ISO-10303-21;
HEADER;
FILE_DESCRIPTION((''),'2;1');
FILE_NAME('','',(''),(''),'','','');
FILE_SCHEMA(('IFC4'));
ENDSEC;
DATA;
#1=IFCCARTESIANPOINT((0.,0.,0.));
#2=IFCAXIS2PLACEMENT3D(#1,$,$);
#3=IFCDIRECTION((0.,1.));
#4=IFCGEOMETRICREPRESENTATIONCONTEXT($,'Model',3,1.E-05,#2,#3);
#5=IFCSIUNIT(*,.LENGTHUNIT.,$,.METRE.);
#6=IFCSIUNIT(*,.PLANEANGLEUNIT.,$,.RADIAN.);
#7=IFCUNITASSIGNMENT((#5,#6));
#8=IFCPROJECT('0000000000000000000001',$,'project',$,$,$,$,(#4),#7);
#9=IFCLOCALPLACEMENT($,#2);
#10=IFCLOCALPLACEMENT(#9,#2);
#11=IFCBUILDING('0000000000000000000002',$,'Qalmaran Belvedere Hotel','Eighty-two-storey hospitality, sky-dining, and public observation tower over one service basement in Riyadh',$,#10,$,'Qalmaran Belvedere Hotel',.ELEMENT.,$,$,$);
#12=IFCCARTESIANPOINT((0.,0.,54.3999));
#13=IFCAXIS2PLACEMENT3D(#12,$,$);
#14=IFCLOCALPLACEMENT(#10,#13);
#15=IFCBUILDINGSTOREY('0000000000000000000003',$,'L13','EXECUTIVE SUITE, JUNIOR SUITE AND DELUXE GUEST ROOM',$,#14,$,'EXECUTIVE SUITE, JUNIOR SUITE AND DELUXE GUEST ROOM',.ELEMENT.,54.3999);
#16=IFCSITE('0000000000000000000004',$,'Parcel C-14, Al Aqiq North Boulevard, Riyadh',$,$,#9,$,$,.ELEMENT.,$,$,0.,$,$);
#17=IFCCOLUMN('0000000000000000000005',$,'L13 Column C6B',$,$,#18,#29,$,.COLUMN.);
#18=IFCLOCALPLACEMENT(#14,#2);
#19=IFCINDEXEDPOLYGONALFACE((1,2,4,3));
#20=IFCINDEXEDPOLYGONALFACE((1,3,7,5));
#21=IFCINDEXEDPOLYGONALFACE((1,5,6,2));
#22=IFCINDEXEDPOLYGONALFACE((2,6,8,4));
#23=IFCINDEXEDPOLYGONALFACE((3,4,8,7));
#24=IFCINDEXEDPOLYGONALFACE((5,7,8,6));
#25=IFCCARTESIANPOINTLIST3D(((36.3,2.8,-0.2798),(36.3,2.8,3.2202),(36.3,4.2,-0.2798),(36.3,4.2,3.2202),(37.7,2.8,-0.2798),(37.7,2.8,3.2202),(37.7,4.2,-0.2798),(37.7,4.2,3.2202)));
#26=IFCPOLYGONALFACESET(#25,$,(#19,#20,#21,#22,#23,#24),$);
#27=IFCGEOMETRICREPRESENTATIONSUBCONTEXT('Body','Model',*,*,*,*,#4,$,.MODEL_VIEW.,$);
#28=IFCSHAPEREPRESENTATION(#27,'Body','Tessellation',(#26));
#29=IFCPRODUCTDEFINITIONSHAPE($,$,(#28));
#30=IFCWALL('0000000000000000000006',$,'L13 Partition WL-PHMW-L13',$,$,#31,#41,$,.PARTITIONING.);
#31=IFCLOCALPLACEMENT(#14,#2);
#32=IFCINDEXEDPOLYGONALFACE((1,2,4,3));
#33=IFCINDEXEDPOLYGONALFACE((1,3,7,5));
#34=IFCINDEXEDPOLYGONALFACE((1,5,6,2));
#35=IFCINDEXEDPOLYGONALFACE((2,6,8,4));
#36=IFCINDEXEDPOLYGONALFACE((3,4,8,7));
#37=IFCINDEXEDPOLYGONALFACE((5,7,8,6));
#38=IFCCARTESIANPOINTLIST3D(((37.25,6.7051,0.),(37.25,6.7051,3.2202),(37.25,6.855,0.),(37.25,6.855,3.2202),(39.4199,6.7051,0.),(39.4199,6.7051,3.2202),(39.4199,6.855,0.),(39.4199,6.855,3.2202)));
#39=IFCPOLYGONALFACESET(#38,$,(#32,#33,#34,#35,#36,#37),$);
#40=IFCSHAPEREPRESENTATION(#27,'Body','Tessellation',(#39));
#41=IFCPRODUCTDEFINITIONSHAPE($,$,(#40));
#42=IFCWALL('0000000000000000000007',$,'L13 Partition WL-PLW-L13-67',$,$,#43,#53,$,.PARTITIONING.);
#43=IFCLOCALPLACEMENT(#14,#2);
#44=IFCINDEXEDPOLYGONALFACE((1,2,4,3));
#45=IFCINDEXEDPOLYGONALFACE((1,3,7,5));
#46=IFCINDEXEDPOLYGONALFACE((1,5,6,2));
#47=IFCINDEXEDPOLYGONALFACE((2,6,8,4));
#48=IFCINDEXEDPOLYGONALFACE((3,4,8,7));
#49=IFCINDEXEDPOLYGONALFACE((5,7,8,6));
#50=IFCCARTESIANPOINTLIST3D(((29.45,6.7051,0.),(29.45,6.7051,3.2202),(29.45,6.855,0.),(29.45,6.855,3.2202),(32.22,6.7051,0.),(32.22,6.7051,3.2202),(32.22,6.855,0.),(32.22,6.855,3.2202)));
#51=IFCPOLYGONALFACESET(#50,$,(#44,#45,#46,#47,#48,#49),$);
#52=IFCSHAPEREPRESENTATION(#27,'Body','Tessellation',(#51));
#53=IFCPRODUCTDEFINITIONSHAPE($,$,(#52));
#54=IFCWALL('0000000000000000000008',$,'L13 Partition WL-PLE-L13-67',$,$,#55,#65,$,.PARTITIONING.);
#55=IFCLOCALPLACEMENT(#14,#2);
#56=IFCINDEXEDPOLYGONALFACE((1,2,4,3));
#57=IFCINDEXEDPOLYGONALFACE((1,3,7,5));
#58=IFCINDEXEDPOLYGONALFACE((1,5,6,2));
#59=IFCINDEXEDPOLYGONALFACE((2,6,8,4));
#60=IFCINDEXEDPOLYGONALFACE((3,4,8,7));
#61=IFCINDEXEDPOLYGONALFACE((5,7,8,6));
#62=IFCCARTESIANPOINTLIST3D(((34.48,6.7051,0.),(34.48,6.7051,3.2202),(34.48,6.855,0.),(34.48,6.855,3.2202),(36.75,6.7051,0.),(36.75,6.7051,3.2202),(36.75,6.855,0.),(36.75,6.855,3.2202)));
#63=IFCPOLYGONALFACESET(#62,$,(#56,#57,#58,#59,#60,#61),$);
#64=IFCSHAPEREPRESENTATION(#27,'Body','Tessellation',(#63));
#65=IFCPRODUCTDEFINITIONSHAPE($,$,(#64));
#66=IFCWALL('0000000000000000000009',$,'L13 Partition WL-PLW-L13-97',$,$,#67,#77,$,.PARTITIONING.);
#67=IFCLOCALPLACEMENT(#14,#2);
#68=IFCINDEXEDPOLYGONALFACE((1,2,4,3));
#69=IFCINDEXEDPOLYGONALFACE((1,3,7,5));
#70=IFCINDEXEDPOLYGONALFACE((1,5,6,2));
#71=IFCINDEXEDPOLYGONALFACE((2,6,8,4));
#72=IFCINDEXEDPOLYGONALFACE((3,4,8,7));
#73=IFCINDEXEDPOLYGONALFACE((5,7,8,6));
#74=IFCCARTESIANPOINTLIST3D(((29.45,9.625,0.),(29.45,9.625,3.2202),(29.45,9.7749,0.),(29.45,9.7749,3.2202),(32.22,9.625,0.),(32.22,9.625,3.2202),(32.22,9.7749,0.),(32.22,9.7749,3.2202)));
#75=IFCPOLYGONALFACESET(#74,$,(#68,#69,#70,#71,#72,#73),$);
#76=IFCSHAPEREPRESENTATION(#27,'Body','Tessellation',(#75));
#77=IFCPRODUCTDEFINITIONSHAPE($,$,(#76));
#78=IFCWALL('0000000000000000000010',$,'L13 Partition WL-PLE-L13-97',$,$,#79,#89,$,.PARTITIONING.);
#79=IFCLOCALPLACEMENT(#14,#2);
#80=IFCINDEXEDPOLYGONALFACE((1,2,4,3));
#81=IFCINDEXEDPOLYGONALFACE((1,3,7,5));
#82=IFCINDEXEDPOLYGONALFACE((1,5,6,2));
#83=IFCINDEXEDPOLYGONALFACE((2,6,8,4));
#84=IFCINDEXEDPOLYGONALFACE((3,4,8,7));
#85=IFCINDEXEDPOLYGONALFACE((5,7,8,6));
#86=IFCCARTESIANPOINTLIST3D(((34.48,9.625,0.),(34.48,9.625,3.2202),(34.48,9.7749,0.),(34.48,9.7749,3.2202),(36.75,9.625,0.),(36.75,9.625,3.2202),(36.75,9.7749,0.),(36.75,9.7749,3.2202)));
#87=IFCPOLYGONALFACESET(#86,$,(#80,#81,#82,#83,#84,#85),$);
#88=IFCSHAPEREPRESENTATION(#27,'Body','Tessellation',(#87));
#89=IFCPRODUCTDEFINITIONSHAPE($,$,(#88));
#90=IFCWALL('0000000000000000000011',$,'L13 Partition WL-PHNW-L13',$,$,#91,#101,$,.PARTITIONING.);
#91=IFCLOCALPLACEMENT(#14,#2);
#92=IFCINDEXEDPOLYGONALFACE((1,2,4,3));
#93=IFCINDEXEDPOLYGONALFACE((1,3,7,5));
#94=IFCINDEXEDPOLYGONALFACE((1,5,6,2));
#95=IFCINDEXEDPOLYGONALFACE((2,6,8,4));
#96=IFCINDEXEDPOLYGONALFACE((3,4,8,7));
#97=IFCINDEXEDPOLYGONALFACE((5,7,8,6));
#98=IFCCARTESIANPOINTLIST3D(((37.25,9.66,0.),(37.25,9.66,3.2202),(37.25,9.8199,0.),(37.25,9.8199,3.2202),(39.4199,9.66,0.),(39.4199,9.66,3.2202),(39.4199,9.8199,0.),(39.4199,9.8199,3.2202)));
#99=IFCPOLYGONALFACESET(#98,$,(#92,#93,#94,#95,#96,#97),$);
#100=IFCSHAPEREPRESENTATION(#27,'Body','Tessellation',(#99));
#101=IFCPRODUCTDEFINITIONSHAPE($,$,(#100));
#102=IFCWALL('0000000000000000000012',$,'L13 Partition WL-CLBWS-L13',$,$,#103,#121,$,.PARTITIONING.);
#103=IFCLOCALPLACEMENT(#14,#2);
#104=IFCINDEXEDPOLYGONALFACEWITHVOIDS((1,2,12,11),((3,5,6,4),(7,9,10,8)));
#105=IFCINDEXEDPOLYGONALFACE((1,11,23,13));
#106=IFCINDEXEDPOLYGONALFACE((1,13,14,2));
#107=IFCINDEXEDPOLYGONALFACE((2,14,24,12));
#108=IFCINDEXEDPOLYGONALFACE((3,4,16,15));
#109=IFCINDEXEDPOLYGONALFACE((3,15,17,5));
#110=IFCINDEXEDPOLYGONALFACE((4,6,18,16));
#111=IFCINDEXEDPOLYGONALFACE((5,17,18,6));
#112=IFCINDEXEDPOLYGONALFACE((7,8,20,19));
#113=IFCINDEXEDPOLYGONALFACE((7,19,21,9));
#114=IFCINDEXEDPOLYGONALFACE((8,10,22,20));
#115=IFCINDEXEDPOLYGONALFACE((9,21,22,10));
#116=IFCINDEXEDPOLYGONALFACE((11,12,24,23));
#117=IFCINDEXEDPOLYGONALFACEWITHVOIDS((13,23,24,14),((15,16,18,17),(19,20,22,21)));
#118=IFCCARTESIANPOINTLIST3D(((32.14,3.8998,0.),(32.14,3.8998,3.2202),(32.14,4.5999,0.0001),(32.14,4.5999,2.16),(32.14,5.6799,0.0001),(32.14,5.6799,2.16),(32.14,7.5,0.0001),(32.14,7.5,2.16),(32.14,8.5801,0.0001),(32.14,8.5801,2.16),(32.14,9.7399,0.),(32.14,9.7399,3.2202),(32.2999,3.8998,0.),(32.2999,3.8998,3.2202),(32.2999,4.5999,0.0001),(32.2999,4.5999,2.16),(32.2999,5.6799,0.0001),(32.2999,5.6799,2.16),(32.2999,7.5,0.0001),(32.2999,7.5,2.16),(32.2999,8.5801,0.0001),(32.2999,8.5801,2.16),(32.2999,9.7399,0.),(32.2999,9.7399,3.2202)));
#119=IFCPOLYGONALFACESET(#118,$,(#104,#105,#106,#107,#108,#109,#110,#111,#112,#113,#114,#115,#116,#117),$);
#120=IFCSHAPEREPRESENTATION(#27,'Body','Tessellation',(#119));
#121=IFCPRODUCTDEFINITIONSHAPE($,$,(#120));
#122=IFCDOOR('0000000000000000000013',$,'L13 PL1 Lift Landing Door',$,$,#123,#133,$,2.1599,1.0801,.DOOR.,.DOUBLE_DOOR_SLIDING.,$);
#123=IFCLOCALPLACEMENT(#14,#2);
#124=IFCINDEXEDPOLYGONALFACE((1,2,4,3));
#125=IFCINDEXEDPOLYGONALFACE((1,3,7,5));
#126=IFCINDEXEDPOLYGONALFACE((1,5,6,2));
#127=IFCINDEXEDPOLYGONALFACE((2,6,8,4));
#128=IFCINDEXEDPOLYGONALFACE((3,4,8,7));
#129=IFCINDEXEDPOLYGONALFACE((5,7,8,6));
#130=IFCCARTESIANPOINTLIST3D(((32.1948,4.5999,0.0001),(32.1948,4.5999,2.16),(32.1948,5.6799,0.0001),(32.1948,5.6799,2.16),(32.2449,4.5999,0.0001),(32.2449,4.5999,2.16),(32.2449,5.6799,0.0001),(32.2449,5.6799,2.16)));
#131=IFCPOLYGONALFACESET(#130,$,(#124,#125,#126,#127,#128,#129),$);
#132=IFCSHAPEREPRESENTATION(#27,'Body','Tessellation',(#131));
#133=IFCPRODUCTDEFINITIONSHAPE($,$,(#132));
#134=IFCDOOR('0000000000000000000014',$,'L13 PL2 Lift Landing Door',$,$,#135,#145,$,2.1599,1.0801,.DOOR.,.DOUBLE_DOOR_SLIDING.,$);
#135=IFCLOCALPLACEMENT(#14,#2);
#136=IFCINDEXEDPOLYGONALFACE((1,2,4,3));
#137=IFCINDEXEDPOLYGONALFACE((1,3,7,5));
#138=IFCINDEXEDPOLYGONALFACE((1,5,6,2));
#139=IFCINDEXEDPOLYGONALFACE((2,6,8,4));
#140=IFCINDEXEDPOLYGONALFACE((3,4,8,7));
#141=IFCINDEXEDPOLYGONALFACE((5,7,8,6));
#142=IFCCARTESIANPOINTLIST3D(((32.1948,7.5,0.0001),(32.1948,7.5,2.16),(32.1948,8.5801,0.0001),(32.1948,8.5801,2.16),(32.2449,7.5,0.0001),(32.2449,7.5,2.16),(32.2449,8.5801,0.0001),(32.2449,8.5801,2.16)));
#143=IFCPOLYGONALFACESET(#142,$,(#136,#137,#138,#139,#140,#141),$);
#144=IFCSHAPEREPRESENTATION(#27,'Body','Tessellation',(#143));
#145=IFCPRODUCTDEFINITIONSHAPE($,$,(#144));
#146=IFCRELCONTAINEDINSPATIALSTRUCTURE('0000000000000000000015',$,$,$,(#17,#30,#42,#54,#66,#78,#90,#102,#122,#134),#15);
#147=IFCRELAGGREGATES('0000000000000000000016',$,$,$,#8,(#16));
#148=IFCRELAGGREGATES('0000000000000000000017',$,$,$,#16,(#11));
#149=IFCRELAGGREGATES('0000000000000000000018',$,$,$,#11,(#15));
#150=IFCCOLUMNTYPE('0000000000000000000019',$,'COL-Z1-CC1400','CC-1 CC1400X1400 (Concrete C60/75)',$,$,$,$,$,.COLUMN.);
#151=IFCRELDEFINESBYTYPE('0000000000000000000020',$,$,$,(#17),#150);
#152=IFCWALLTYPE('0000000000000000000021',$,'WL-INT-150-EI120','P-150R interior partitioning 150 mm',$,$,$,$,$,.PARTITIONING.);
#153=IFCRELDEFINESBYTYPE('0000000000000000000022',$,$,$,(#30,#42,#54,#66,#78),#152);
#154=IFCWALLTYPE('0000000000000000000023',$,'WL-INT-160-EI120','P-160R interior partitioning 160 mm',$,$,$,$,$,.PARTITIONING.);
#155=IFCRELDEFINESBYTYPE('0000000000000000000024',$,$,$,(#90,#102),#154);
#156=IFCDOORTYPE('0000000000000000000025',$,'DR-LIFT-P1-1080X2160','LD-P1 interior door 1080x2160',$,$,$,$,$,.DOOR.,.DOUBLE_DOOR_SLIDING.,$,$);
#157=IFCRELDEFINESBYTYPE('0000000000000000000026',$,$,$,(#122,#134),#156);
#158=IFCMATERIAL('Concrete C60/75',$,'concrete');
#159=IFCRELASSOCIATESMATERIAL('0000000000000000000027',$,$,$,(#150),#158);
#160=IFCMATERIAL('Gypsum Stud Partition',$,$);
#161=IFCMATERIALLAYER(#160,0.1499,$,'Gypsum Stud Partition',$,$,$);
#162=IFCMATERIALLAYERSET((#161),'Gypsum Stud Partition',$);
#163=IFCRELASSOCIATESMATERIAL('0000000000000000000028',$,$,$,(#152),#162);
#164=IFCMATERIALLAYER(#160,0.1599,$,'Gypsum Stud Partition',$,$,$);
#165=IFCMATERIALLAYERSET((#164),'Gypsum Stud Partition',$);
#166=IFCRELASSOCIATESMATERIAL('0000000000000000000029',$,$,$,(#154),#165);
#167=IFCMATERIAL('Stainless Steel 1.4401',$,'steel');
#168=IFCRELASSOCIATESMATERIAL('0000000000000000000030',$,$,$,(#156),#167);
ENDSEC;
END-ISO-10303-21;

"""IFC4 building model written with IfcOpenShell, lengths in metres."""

from ifc_helpers import new_model, si_unit, direction, frame, frame_2d, origin, origin_2d, place, context, subcontext, project, spatial, rectangle, extrude, material, layer, layer_set, material_profile, profile_set, type_object, element, fill, save


model = new_model("IFC4")

# Units and contexts
model_context = context("Model", 3, precision=1e-05, world=origin(), true_north=direction((0.0, 1.0)))
body_context = subcontext(model_context, "Body", "Model", "MODEL_VIEW")
ifc_project = project(units=[si_unit("LENGTHUNIT", "METRE"), si_unit("PLANEANGLEUNIT", "RADIAN")], contexts=[model_context])

# Site, building, storey
site_placement = place(None, origin())
site = spatial("IfcSite", under=ifc_project, at=site_placement, Name="Parcel C-14, Al Aqiq North Boulevard, Riyadh", CompositionType="ELEMENT", RefElevation=0.0)
building_placement = place(site_placement, origin())
building = spatial("IfcBuilding", under=site, at=building_placement, Name="Qalmaran Belvedere Hotel", Description="Eighty-two-storey hospitality, sky-dining, and public observation tower over one service basement in Riyadh", LongName="Qalmaran Belvedere Hotel", CompositionType="ELEMENT")
storey_placement = place(building_placement, frame((0.0, 0.0, 54.3999)))
storey = spatial("IfcBuildingStorey", under=building, at=storey_placement, Name="L13", Description="EXECUTIVE SUITE, JUNIOR SUITE AND DELUXE GUEST ROOM", LongName="EXECUTIVE SUITE, JUNIOR SUITE AND DELUXE GUEST ROOM", CompositionType="ELEMENT", Elevation=54.3999)

# Column
ifc_material_1 = material(Name="Concrete C60/75", Category="concrete")
ifc_material_profile = material_profile(ifc_material_1, rectangle(XDim=1.3999, YDim=1.3999, at=origin_2d()), Name="CC1400X1400")
ifc_profile_set = profile_set([ifc_material_profile], Name="Concrete C60/75")
column_type = type_object("IfcColumnType", Name="COL-Z1-CC1400", Description="CC-1 CC1400X1400 (Concrete C60/75)", PredefinedType="COLUMN", material=ifc_profile_set)
column_placement = place(storey_placement, frame((37.0, 3.5, -0.2798), z_axis=(0.0, 0.0, 1.0), x_axis=(1.0, 0.0, 0.0)))
element("IfcColumn", 1, at=column_placement, inside=storey, type_object=column_type, Name="L13 Column C6B", PredefinedType="COLUMN", context=body_context, shape_type="SweptSolid", body=[
    extrude(rectangle(XDim=1.3999, YDim=1.3999, at=origin_2d()), origin(), (0.0, 0.0, 1.0), 3.5),
])

# Walls
ifc_material_2 = material(Name="Gypsum Stud Partition")
ifc_layer_1 = layer(ifc_material_2, 0.1499, Name="Gypsum Stud Partition")
ifc_layer_set_1 = layer_set([ifc_layer_1], Name="Gypsum Stud Partition")
wall_type_1 = type_object("IfcWallType", Name="WL-INT-150-EI120", Description="P-150R interior partitioning 150 mm", PredefinedType="PARTITIONING", material=ifc_layer_set_1)
wall_1_placement = place(storey_placement, frame((37.25, 6.78, 0.0), z_axis=(0.0, 0.0, 1.0), x_axis=(1.0, 0.0, 0.0)))
element("IfcWall", 2, at=wall_1_placement, inside=storey, type_object=wall_type_1, Name="L13 Partition WL-PHMW-L13", PredefinedType="PARTITIONING", context=body_context, shape_type="SweptSolid", body=[
    extrude(rectangle(XDim=2.1699, YDim=0.1499, at=frame_2d((1.085, 0.0))), origin(), (0.0, 0.0, 1.0), 3.2202),
])
wall_2_placement = place(storey_placement, frame((29.45, 6.78, 0.0), z_axis=(0.0, 0.0, 1.0), x_axis=(1.0, 0.0, 0.0)))
element("IfcWall", 3, at=wall_2_placement, inside=storey, type_object=wall_type_1, Name="L13 Partition WL-PLW-L13-67", PredefinedType="PARTITIONING", context=body_context, shape_type="SweptSolid", body=[
    extrude(rectangle(XDim=2.77, YDim=0.1499, at=frame_2d((1.385, 0.0))), origin(), (0.0, 0.0, 1.0), 3.2202),
])
wall_3_placement = place(storey_placement, frame((34.48, 6.78, 0.0), z_axis=(0.0, 0.0, 1.0), x_axis=(1.0, 0.0, 0.0)))
element("IfcWall", 4, at=wall_3_placement, inside=storey, type_object=wall_type_1, Name="L13 Partition WL-PLE-L13-67", PredefinedType="PARTITIONING", context=body_context, shape_type="SweptSolid", body=[
    extrude(rectangle(XDim=2.27, YDim=0.1499, at=frame_2d((1.135, 0.0))), origin(), (0.0, 0.0, 1.0), 3.2202),
])
wall_4_placement = place(storey_placement, frame((29.45, 9.7, 0.0), z_axis=(0.0, 0.0, 1.0), x_axis=(1.0, 0.0, 0.0)))
element("IfcWall", 5, at=wall_4_placement, inside=storey, type_object=wall_type_1, Name="L13 Partition WL-PLW-L13-97", PredefinedType="PARTITIONING", context=body_context, shape_type="SweptSolid", body=[
    extrude(rectangle(XDim=2.77, YDim=0.1499, at=frame_2d((1.385, 0.0))), origin(), (0.0, 0.0, 1.0), 3.2202),
])
wall_5_placement = place(storey_placement, frame((34.48, 9.7, 0.0), z_axis=(0.0, 0.0, 1.0), x_axis=(1.0, 0.0, 0.0)))
element("IfcWall", 6, at=wall_5_placement, inside=storey, type_object=wall_type_1, Name="L13 Partition WL-PLE-L13-97", PredefinedType="PARTITIONING", context=body_context, shape_type="SweptSolid", body=[
    extrude(rectangle(XDim=2.27, YDim=0.1499, at=frame_2d((1.135, 0.0))), origin(), (0.0, 0.0, 1.0), 3.2202),
])
ifc_layer_2 = layer(ifc_material_2, 0.1599, Name="Gypsum Stud Partition")
ifc_layer_set_2 = layer_set([ifc_layer_2], Name="Gypsum Stud Partition")
wall_type_2 = type_object("IfcWallType", Name="WL-INT-160-EI120", Description="P-160R interior partitioning 160 mm", PredefinedType="PARTITIONING", material=ifc_layer_set_2)
wall_6_placement = place(storey_placement, frame((37.25, 9.74, 0.0), z_axis=(0.0, 0.0, 1.0), x_axis=(1.0, 0.0, 0.0)))
element("IfcWall", 7, at=wall_6_placement, inside=storey, type_object=wall_type_2, Name="L13 Partition WL-PHNW-L13", PredefinedType="PARTITIONING", context=body_context, shape_type="SweptSolid", body=[
    extrude(rectangle(XDim=2.1699, YDim=0.1599, at=frame_2d((1.085, 0.0))), origin(), (0.0, 0.0, 1.0), 3.2202),
])

# Wall, openings, doors
wall_7_placement = place(storey_placement, frame((32.22, 3.8999, 0.0), z_axis=(0.0, 0.0, 1.0), x_axis=(0.0, 1.0, 0.0)))
wall_7 = element("IfcWall", 8, at=wall_7_placement, inside=storey, type_object=wall_type_2, Name="L13 Partition WL-CLBWS-L13", PredefinedType="PARTITIONING", context=body_context, shape_type="SweptSolid", body=[
    extrude(rectangle(XDim=5.8401, YDim=0.1599, at=frame_2d((2.9199, 0.0))), origin(), (0.0, 0.0, 1.0), 3.2202),
])
opening_1_placement = place(wall_7_placement, frame((1.78, 0.0, 0.0), z_axis=(0.0, 0.0, 1.0), x_axis=(-1.0, 0.0, 0.0)))
opening_1 = element("IfcOpeningElement", 9, at=opening_1_placement, cuts=wall_7, PredefinedType="OPENING", context=body_context, shape_type="SweptSolid", body=[
    extrude(rectangle(XDim=1.0801, YDim=2.1599, at=frame_2d((0.54, 1.0801))), frame((0.0, 0.0898, 0.0), z_axis=(0.0, -1.0, 0.0), x_axis=(1.0, 0.0, 0.0)), (0.0, 0.0, 1.0), 0.1799),
])
opening_2_placement = place(wall_7_placement, frame((4.6802, 0.0, 0.0), z_axis=(0.0, 0.0, 1.0), x_axis=(-1.0, 0.0, 0.0)))
opening_2 = element("IfcOpeningElement", 10, at=opening_2_placement, cuts=wall_7, PredefinedType="OPENING", context=body_context, shape_type="SweptSolid", body=[
    extrude(rectangle(XDim=1.0801, YDim=2.1599, at=frame_2d((0.54, 1.0801))), frame((0.0, 0.0898, 0.0), z_axis=(0.0, -1.0, 0.0), x_axis=(1.0, 0.0, 0.0)), (0.0, 0.0, 1.0), 0.1799),
])
ifc_material_3 = material(Name="Stainless Steel 1.4401", Category="steel")
door_type_1 = type_object("IfcDoorType", Name="DR-LIFT-P1-1080X2160", Description="LD-P1 interior door 1080x2160", OperationType="DOUBLE_DOOR_SLIDING", PredefinedType="DOOR", material=ifc_material_3)
door_1_placement = place(opening_1_placement, origin())
door_1 = element("IfcDoor", 11, at=door_1_placement, inside=storey, type_object=door_type_1, Name="L13 PL1 Lift Landing Door", OperationType="DOUBLE_DOOR_SLIDING", OverallHeight=2.1599, OverallWidth=1.0801, PredefinedType="DOOR", context=body_context, shape_type="SweptSolid", body=[
    extrude(rectangle(XDim=1.0801, YDim=2.1599, at=frame_2d((0.54, 1.0801))), frame((0.0, 0.0249, 0.0), z_axis=(0.0, -1.0, 0.0), x_axis=(1.0, 0.0, 0.0)), (0.0, 0.0, 1.0), 0.05),
])
fill(opening_1, door_1)
door_2_placement = place(opening_2_placement, origin())
door_2 = element("IfcDoor", 12, at=door_2_placement, inside=storey, type_object=door_type_1, Name="L13 PL2 Lift Landing Door", OperationType="DOUBLE_DOOR_SLIDING", OverallHeight=2.1599, OverallWidth=1.0801, PredefinedType="DOOR", context=body_context, shape_type="SweptSolid", body=[
    extrude(rectangle(XDim=1.0801, YDim=2.1599, at=frame_2d((0.54, 1.0801))), frame((0.0, 0.0249, 0.0), z_axis=(0.0, -1.0, 0.0), x_axis=(1.0, 0.0, 0.0)), (0.0, 0.0, 1.0), 0.05),
])
fill(opening_2, door_2)

save(model, "model.ifc")
